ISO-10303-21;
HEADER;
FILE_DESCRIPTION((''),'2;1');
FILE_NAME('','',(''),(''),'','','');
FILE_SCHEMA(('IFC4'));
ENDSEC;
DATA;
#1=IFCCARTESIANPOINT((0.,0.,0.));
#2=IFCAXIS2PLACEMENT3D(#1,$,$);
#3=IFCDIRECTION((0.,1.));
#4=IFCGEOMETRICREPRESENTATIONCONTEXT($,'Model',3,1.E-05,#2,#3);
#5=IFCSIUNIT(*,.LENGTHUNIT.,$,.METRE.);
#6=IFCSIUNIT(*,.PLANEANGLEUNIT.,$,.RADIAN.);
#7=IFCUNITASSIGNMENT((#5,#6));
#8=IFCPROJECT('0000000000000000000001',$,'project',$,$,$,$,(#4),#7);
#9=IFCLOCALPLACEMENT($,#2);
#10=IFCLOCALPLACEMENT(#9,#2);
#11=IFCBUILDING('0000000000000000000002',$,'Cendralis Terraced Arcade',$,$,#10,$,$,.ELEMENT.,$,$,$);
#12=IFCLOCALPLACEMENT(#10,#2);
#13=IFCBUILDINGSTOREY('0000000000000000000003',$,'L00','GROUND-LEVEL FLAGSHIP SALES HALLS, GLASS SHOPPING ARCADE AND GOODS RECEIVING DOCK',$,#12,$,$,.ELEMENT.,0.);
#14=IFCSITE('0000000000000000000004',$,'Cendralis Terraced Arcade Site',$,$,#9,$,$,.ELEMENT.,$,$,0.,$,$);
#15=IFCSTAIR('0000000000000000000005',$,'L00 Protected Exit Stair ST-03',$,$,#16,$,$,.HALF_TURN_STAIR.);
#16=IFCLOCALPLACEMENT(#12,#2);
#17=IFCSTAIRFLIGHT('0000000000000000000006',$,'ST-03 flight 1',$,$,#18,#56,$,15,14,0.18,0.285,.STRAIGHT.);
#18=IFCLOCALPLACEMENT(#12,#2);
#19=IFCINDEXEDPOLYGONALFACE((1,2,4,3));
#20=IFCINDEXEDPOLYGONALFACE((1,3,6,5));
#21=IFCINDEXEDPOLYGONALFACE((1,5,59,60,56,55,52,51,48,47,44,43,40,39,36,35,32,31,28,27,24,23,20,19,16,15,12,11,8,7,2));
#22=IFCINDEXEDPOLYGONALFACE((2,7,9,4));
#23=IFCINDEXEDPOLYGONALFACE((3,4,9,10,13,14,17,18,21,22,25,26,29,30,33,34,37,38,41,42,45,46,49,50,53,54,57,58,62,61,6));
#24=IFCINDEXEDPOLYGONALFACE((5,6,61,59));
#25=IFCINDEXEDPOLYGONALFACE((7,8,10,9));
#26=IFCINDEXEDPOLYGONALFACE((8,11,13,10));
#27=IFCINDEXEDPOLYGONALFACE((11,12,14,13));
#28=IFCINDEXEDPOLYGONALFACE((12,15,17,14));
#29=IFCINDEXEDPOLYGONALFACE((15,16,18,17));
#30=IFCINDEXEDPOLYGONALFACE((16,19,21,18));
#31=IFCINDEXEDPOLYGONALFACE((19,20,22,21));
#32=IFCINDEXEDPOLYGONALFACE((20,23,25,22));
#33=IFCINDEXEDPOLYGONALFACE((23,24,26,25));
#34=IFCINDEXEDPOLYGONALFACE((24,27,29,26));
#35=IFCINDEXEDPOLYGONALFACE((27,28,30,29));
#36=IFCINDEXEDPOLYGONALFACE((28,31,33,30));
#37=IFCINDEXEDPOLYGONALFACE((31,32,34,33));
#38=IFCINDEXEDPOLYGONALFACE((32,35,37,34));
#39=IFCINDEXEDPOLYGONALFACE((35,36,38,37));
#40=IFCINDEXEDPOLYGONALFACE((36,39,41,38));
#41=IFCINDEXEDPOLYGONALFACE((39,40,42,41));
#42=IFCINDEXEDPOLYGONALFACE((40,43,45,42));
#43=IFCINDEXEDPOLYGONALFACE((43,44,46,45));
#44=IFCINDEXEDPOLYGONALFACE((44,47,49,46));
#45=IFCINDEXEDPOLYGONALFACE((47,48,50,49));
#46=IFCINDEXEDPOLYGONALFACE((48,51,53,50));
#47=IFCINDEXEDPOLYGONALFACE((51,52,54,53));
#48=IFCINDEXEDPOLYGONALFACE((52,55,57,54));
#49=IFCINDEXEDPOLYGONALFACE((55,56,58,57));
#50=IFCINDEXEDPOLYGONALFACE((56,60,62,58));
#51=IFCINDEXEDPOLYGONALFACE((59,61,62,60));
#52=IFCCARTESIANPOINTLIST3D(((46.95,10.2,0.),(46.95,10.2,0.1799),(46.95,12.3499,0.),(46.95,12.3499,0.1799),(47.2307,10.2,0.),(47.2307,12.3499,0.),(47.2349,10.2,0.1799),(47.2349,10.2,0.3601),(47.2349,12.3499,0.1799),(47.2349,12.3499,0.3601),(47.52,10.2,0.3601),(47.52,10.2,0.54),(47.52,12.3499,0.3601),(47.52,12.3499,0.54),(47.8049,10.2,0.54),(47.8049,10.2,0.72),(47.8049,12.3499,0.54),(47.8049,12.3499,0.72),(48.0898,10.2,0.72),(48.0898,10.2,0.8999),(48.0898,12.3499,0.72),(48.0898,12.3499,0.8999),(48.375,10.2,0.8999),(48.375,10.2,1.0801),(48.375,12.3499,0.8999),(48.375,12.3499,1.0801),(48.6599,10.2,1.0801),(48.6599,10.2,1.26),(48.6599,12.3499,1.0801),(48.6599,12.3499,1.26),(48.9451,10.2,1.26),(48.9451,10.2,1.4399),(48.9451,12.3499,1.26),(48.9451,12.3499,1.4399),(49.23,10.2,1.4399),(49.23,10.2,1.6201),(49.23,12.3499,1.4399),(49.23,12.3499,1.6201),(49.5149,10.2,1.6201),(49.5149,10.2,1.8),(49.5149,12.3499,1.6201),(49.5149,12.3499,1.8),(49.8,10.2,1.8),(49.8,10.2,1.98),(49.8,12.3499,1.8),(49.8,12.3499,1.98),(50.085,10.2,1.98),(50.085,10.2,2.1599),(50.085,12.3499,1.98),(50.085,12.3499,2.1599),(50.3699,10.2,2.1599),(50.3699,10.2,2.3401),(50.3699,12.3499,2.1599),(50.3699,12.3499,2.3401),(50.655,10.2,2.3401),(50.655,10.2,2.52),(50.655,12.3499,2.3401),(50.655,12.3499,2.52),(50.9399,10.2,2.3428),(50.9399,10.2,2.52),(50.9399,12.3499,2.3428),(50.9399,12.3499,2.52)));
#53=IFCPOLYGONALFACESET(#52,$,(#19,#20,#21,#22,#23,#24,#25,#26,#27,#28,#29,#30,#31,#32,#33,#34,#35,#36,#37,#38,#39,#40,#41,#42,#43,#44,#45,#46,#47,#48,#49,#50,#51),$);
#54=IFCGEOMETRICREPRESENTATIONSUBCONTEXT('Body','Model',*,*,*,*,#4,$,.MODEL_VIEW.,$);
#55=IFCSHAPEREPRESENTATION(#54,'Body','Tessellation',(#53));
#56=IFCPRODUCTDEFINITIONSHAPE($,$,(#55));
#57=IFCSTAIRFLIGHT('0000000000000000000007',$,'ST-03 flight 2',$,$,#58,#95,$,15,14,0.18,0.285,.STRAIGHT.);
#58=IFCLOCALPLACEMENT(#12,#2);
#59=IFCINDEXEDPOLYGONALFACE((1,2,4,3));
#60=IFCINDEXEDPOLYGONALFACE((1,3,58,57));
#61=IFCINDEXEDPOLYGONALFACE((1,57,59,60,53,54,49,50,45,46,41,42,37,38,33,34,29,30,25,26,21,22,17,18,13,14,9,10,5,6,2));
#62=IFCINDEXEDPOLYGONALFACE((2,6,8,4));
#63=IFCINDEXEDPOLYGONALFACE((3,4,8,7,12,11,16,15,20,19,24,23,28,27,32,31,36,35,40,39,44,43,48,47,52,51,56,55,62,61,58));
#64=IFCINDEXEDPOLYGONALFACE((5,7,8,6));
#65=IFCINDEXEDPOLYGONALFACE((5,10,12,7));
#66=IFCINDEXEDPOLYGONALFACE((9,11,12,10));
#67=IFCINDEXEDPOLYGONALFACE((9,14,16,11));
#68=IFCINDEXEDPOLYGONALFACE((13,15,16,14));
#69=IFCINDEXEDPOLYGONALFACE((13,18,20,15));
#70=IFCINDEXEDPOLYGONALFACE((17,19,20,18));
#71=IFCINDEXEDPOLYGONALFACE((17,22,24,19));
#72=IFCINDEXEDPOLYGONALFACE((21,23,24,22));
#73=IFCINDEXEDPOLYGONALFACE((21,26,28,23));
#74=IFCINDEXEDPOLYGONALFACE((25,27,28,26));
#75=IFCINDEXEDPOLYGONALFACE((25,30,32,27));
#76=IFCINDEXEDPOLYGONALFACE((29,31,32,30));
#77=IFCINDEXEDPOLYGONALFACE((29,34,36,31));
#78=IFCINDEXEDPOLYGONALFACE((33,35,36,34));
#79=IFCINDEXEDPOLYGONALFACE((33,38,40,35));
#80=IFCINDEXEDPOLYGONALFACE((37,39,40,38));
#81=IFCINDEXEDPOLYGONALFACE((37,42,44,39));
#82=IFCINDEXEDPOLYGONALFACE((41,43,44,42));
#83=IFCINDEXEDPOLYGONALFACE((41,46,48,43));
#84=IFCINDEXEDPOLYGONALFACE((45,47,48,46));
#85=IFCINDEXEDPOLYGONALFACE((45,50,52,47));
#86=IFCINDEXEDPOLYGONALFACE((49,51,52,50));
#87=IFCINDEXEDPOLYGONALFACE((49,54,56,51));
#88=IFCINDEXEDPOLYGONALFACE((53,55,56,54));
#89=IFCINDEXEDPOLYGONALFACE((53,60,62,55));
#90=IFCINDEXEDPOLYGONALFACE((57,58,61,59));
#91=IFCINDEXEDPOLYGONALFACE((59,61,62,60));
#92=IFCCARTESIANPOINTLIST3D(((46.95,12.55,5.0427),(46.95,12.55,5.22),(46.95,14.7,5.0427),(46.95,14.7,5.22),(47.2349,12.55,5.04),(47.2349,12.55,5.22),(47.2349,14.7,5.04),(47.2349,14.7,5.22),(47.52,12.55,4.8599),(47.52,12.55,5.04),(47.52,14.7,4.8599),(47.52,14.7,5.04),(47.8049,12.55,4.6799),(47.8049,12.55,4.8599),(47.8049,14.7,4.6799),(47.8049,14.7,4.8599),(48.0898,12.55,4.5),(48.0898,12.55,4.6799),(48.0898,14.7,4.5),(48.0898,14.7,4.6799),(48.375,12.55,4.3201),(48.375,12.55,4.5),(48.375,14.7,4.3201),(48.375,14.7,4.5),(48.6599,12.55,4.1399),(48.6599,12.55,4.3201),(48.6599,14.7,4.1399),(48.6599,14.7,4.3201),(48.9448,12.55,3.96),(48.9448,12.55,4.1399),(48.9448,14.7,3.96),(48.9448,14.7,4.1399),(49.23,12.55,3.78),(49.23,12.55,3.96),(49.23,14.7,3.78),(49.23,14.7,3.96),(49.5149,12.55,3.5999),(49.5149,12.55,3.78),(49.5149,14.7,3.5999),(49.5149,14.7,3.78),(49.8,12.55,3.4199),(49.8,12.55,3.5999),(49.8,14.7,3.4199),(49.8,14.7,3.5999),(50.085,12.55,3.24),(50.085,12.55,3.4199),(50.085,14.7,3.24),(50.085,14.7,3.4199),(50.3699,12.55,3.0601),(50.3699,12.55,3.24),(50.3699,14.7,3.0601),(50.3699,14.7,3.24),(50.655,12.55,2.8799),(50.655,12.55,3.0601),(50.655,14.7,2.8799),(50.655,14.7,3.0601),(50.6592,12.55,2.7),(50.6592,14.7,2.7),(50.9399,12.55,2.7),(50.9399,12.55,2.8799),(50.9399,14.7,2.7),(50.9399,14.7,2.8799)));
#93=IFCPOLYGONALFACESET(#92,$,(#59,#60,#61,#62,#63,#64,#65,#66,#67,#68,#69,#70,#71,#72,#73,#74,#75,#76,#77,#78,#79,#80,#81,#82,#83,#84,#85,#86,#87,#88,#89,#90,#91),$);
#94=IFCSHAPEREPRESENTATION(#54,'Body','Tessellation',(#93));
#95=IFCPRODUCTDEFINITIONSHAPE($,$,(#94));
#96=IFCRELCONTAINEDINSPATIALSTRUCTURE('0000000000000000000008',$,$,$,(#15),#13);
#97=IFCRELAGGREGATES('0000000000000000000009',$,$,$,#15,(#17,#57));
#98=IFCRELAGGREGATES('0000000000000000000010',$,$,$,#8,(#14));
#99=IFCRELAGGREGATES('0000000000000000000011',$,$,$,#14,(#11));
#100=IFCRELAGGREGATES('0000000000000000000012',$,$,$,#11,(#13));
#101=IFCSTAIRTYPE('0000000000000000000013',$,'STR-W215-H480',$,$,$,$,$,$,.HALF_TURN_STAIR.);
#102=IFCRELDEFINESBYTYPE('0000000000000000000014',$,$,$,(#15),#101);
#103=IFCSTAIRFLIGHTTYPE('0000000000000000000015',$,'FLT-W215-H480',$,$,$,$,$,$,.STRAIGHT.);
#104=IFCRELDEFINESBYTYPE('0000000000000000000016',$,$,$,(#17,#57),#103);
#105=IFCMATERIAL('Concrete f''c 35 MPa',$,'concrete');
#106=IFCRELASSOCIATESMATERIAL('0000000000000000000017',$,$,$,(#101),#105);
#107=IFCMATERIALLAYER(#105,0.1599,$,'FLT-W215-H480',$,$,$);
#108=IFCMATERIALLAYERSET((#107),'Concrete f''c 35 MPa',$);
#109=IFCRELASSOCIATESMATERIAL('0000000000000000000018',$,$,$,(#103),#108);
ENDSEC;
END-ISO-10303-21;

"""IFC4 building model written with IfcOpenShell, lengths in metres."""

from ifc_helpers import new_model, si_unit, direction, frame, origin, place, context, subcontext, project, spatial, polyline, outline, extrude, material, layer, layer_set, type_object, element, aggregate, save


model = new_model("IFC4")

# Units and contexts
model_context = context("Model", 3, precision=1e-05, world=origin(), true_north=direction((0.0, 1.0)))
body_context = subcontext(model_context, "Body", "Model", "MODEL_VIEW")
ifc_project = project(units=[si_unit("LENGTHUNIT", "METRE"), si_unit("PLANEANGLEUNIT", "RADIAN")], contexts=[model_context])

# Site, building, storey
site_placement = place(None, origin())
site = spatial("IfcSite", under=ifc_project, at=site_placement, Name="Cendralis Terraced Arcade Site", CompositionType="ELEMENT", RefElevation=0.0)
building_placement = place(site_placement, origin())
building = spatial("IfcBuilding", under=site, at=building_placement, Name="Cendralis Terraced Arcade", CompositionType="ELEMENT")
storey_placement = place(building_placement, origin())
storey = spatial("IfcBuildingStorey", under=building, at=storey_placement, Name="L00", Description="GROUND-LEVEL FLAGSHIP SALES HALLS, GLASS SHOPPING ARCADE AND GOODS RECEIVING DOCK", CompositionType="ELEMENT", Elevation=0.0)

# Stair, stair flights
ifc_material_1 = material(Name="Concrete f'c 35 MPa", Category="concrete")
stair_type = type_object("IfcStairType", Name="STR-W215-H480", PredefinedType="HALF_TURN_STAIR", material=ifc_material_1)
stair_placement = place(storey_placement, origin())
stair = element("IfcStair", 1, at=stair_placement, inside=storey, type_object=stair_type, Name="L00 Protected Exit Stair ST-03", PredefinedType="HALF_TURN_STAIR")
ifc_layer_1 = layer(ifc_material_1, 0.1599, Name="FLT-W215-H480")
ifc_layer_set_1 = layer_set([ifc_layer_1], Name="Concrete f'c 35 MPa")
stair_flight_type = type_object("IfcStairFlightType", Name="FLT-W215-H480", PredefinedType="STRAIGHT", material=ifc_layer_set_1)
stair_flight_1_placement = place(storey_placement, frame((46.95, 11.2749, 0.0), z_axis=(0.0, 0.0, 1.0), x_axis=(1.0, 0.0, 0.0)))
stair_flight_1 = element("IfcStairFlight", 2, at=stair_flight_1_placement, type_object=stair_flight_type, Name="ST-03 flight 1", NumberOfRisers=15, NumberOfTreads=14, PredefinedType="STRAIGHT", RiserHeight=0.18, TreadLength=0.285, context=body_context, shape_type="SweptSolid", body=[
    extrude(outline(polyline([(0.0, 0.0), (0.0, 0.1799), (0.2849, 0.1799), (0.2849, 0.3601), (0.5701, 0.3601), (0.5701, 0.54), (0.855, 0.54), (0.855, 0.72), (1.1399, 0.72), (1.1399, 0.8999), (1.425, 0.8999), (1.425, 1.0801), (1.71, 1.0801), (1.71, 1.26), (1.9951, 1.26), (1.9951, 1.4399), (2.28, 1.4399), (2.28, 1.6201), (2.5649, 1.6201), (2.5649, 1.8), (2.8501, 1.8), (2.8501, 1.98), (3.135, 1.98), (3.135, 2.1599), (3.4199, 2.1599), (3.4199, 2.3401), (3.7051, 2.3401), (3.7051, 2.52), (3.99, 2.52), (3.99, 2.7), (3.99, 2.3428), (0.2808, 0.0), (0.0, 0.0)])), frame((0.0, 1.075, 0.0), z_axis=(0.0, -1.0, 0.0), x_axis=(1.0, 0.0, 0.0)), (0.0, 0.0, 1.0), 2.1499),
])
stair_flight_2_placement = place(storey_placement, frame((50.9399, 13.625, 2.7), z_axis=(0.0, 0.0, 1.0), x_axis=(-1.0, 0.0, 0.0)))
stair_flight_2 = element("IfcStairFlight", 3, at=stair_flight_2_placement, type_object=stair_flight_type, Name="ST-03 flight 2", NumberOfRisers=15, NumberOfTreads=14, PredefinedType="STRAIGHT", RiserHeight=0.18, TreadLength=0.285, context=body_context, shape_type="SweptSolid", body=[
    extrude(outline(polyline([(0.0, 0.0), (0.0, 0.1799), (0.2849, 0.1799), (0.2849, 0.3601), (0.5701, 0.3601), (0.5701, 0.54), (0.855, 0.54), (0.855, 0.72), (1.1399, 0.72), (1.1399, 0.8999), (1.425, 0.8999), (1.425, 1.0801), (1.71, 1.0801), (1.71, 1.26), (1.9951, 1.26), (1.9951, 1.4399), (2.28, 1.4399), (2.28, 1.6201), (2.5649, 1.6201), (2.5649, 1.8), (2.8501, 1.8), (2.8501, 1.98), (3.135, 1.98), (3.135, 2.1599), (3.4199, 2.1599), (3.4199, 2.3401), (3.7051, 2.3401), (3.7051, 2.52), (3.99, 2.52), (3.99, 2.7), (3.99, 2.3428), (0.2808, 0.0), (0.0, 0.0)])), frame((0.0, 1.075, 0.0), z_axis=(0.0, -1.0, 0.0), x_axis=(1.0, 0.0, 0.0)), (0.0, 0.0, 1.0), 2.1499),
])
aggregate(stair, [stair_flight_1, stair_flight_2])

save(model, "model.ifc")
